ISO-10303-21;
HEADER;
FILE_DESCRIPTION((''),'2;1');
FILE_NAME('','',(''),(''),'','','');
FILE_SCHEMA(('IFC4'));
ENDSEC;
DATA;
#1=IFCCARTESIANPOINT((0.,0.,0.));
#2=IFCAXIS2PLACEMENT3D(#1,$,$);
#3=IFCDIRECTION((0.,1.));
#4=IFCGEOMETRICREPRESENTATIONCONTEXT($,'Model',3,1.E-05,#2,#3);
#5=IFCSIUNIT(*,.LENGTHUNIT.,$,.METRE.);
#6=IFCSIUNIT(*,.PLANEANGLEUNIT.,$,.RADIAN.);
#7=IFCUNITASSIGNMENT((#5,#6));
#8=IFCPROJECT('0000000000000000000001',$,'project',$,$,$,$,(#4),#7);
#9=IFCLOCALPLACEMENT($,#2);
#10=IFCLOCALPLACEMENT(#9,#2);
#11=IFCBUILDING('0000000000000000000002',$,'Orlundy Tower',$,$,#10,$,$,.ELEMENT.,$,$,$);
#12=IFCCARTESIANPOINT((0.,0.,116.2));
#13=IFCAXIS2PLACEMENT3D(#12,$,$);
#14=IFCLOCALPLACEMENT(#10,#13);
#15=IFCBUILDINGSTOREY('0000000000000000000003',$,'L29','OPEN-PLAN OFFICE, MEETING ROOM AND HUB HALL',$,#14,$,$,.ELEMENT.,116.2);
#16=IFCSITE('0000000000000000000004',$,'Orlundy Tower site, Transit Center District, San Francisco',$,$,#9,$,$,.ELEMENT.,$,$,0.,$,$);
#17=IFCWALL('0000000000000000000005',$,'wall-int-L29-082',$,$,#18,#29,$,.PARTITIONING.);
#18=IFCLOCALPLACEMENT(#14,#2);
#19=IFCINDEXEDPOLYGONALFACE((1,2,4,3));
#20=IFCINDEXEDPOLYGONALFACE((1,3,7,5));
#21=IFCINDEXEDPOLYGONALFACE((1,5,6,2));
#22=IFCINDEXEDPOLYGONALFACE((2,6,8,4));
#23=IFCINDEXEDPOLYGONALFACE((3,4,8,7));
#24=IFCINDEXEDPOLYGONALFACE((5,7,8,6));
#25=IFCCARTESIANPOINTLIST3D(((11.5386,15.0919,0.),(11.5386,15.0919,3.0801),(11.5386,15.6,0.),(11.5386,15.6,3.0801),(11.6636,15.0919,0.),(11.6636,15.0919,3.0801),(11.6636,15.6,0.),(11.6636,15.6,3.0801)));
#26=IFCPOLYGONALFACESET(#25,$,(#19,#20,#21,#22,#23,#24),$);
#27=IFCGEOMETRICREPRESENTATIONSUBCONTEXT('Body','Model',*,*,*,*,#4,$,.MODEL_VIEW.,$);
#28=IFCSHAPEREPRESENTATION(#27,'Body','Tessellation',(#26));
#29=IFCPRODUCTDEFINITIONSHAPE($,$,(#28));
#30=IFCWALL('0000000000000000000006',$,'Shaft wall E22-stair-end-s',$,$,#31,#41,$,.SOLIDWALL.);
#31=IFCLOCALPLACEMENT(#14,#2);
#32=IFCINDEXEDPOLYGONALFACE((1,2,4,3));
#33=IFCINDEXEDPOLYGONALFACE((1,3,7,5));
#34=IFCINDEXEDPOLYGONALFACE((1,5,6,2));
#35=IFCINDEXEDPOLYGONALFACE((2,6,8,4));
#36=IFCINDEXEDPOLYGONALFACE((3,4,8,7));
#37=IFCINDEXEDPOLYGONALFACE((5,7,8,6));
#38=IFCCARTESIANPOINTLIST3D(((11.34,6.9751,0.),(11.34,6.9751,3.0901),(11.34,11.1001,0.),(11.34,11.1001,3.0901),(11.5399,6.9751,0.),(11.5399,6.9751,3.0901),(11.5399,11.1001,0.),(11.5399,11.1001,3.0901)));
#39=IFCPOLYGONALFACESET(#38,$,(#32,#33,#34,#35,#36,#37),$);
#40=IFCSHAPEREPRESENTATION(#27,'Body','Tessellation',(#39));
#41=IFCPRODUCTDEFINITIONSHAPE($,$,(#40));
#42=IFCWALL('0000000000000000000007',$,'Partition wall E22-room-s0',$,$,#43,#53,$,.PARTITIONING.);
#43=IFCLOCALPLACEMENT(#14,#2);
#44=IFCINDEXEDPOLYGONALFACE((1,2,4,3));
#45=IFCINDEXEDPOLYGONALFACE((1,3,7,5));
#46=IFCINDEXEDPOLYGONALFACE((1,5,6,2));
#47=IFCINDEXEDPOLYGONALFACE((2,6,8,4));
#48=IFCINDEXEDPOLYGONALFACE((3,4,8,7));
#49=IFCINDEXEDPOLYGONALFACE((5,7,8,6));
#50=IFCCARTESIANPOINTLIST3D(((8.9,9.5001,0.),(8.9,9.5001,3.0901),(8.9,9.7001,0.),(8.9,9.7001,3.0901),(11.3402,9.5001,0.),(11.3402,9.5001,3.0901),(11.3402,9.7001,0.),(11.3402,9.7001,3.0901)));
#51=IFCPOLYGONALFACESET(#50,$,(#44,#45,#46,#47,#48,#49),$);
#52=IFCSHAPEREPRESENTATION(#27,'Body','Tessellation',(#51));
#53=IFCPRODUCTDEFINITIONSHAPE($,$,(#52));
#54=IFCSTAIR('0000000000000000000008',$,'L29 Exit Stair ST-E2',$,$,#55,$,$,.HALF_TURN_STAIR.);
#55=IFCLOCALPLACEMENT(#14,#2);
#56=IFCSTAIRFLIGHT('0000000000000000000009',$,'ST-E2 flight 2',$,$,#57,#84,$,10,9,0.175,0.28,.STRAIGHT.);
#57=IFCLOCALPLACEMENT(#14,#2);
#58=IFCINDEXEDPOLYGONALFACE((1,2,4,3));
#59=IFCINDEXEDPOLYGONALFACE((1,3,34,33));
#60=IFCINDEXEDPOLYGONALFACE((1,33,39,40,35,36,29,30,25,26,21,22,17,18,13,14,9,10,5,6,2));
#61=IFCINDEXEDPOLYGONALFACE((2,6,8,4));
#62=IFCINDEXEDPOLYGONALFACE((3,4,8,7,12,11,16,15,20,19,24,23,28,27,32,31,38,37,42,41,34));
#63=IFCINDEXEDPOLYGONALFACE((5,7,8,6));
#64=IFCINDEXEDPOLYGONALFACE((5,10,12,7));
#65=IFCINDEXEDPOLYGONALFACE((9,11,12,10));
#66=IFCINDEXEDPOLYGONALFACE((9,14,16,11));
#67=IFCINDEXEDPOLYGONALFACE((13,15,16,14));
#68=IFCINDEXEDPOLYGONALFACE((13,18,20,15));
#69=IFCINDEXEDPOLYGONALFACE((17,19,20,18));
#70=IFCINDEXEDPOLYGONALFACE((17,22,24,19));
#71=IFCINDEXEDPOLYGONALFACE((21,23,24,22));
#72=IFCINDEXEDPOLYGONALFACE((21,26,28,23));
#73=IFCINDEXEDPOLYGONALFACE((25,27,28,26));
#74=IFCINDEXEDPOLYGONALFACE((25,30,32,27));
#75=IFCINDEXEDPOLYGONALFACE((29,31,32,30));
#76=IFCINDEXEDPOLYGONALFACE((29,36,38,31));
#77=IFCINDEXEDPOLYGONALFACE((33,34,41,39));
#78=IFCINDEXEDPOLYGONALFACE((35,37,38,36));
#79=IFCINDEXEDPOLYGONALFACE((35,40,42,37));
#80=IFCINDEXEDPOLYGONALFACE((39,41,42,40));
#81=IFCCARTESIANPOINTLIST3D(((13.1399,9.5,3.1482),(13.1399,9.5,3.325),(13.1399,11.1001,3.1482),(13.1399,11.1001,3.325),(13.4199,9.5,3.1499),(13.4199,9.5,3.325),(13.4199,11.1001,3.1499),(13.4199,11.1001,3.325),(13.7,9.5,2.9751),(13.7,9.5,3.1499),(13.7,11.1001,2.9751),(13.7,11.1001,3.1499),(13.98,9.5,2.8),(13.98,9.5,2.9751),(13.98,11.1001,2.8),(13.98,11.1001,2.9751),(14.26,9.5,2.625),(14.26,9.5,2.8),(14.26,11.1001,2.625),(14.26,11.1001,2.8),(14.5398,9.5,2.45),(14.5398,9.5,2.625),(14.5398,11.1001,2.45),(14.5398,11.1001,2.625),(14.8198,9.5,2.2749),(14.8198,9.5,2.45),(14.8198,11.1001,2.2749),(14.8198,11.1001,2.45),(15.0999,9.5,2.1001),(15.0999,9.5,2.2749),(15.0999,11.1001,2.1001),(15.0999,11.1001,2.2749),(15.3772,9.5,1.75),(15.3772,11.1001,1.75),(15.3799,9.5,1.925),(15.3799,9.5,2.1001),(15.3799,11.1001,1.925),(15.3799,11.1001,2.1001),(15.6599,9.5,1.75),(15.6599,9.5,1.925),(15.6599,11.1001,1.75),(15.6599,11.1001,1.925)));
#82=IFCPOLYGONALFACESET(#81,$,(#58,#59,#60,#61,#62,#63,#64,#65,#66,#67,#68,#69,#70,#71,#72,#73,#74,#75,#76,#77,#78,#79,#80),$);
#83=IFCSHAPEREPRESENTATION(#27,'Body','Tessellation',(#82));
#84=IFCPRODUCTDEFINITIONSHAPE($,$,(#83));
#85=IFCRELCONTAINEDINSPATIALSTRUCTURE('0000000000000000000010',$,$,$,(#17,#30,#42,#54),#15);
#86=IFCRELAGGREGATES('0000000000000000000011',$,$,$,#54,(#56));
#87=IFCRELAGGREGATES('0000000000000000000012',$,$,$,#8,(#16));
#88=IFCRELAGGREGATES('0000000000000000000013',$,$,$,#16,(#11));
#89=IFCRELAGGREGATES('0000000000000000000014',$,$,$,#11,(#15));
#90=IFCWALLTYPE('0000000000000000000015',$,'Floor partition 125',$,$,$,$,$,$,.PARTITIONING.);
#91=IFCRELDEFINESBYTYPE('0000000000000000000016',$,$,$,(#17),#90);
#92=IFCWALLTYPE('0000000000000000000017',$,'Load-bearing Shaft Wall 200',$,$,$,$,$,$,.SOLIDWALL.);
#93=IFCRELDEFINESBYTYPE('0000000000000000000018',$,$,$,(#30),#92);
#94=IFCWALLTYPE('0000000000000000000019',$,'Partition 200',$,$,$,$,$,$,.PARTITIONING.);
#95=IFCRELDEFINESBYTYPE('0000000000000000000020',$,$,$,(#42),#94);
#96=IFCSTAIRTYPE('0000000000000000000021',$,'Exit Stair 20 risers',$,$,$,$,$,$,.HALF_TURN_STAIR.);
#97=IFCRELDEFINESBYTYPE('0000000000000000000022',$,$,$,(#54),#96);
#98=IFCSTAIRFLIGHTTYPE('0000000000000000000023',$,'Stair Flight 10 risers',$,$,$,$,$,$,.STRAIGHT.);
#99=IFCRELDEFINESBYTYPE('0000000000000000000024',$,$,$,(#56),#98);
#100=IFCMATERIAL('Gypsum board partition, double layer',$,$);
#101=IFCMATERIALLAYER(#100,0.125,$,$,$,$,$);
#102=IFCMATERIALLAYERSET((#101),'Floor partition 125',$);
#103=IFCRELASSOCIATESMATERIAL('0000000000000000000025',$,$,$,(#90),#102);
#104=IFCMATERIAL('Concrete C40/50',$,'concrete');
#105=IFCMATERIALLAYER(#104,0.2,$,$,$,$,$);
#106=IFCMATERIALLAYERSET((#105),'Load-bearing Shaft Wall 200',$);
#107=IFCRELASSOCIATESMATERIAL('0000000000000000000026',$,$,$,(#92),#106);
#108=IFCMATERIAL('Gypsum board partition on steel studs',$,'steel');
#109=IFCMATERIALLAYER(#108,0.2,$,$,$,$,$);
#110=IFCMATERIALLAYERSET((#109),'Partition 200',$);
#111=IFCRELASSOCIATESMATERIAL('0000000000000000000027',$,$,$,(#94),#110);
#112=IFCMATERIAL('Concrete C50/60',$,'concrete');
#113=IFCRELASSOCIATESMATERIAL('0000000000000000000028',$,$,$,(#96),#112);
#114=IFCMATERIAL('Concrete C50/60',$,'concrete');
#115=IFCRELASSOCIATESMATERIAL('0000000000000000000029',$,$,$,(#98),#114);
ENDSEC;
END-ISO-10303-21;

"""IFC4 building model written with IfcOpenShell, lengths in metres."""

from ifc_helpers import new_model, si_unit, direction, frame, frame_2d, origin, place, context, subcontext, project, spatial, polyline, rectangle, outline, extrude, material, layer, layer_set, type_object, element, aggregate, save


model = new_model("IFC4")

# Units and contexts
model_context = context("Model", 3, precision=1e-05, world=origin(), true_north=direction((0.0, 1.0)))
body_context = subcontext(model_context, "Body", "Model", "MODEL_VIEW")
ifc_project = project(units=[si_unit("LENGTHUNIT", "METRE"), si_unit("PLANEANGLEUNIT", "RADIAN")], contexts=[model_context])

# Site, building, storey
site_placement = place(None, origin())
site = spatial("IfcSite", under=ifc_project, at=site_placement, Name="Orlundy Tower site, Transit Center District, San Francisco", CompositionType="ELEMENT", RefElevation=0.0)
building_placement = place(site_placement, origin())
building = spatial("IfcBuilding", under=site, at=building_placement, Name="Orlundy Tower", CompositionType="ELEMENT")
storey_placement = place(building_placement, frame((0.0, 0.0, 116.2)))
storey = spatial("IfcBuildingStorey", under=building, at=storey_placement, Name="L29", Description="OPEN-PLAN OFFICE, MEETING ROOM AND HUB HALL", CompositionType="ELEMENT", Elevation=116.2)

# Shared definitions
ifc_material_1 = material(Name="Gypsum board partition, double layer")
ifc_layer_1 = layer(ifc_material_1, 0.125)
ifc_layer_set_1 = layer_set([ifc_layer_1], Name="Floor partition 125")
wall_type_1 = type_object("IfcWallType", Name="Floor partition 125", PredefinedType="PARTITIONING", material=ifc_layer_set_1)

# Walls
wall_1_placement = place(storey_placement, frame((11.6011, 15.092, 0.0), z_axis=(0.0, 0.0, 1.0), x_axis=(0.0, 1.0, 0.0)))
element("IfcWall", 1, at=wall_1_placement, inside=storey, type_object=wall_type_1, Name="wall-int-L29-082", PredefinedType="PARTITIONING", context=body_context, shape_type="SweptSolid", body=[
    extrude(rectangle(XDim=0.5081, YDim=0.125, at=frame_2d((0.2539, 0.0))), origin(), (0.0, 0.0, 1.0), 3.0801),
])
ifc_material_2 = material(Name="Concrete C40/50", Category="concrete")
ifc_layer_2 = layer(ifc_material_2, 0.2)
ifc_layer_set_2 = layer_set([ifc_layer_2], Name="Load-bearing Shaft Wall 200")
wall_type_2 = type_object("IfcWallType", Name="Load-bearing Shaft Wall 200", PredefinedType="SOLIDWALL", material=ifc_layer_set_2)
wall_2_placement = place(storey_placement, frame((11.4399, 11.1001, 0.0), z_axis=(0.0, 0.0, 1.0), x_axis=(0.0, -1.0, 0.0)))
element("IfcWall", 2, at=wall_2_placement, inside=storey, type_object=wall_type_2, Name="Shaft wall E22-stair-end-s", PredefinedType="SOLIDWALL", context=body_context, shape_type="SweptSolid", body=[
    extrude(rectangle(XDim=4.125, YDim=0.2, at=frame_2d((2.0625, 0.0))), origin(), (0.0, 0.0, 1.0), 3.0901),
])
ifc_material_3 = material(Name="Gypsum board partition on steel studs", Category="steel")
ifc_layer_3 = layer(ifc_material_3, 0.2)
ifc_layer_set_3 = layer_set([ifc_layer_3], Name="Partition 200")
wall_type_3 = type_object("IfcWallType", Name="Partition 200", PredefinedType="PARTITIONING", material=ifc_layer_set_3)
wall_3_placement = place(storey_placement, frame((8.8999, 9.6001, 0.0), z_axis=(0.0, 0.0, 1.0), x_axis=(1.0, 0.0, 0.0)))
element("IfcWall", 3, at=wall_3_placement, inside=storey, type_object=wall_type_3, Name="Partition wall E22-room-s0", PredefinedType="PARTITIONING", context=body_context, shape_type="SweptSolid", body=[
    extrude(rectangle(XDim=2.4402, YDim=0.2, at=frame_2d((1.2202, 0.0))), origin(), (0.0, 0.0, 1.0), 3.0901),
])

# Stair, stair flight
ifc_material_4 = material(Name="Concrete C50/60", Category="concrete")
stair_type = type_object("IfcStairType", Name="Exit Stair 20 risers", PredefinedType="HALF_TURN_STAIR", material=ifc_material_4)
stair_placement = place(storey_placement, origin())
stair = element("IfcStair", 4, at=stair_placement, inside=storey, type_object=stair_type, Name="L29 Exit Stair ST-E2", PredefinedType="HALF_TURN_STAIR")
ifc_material_5 = material(Name="Concrete C50/60", Category="concrete")
stair_flight_type = type_object("IfcStairFlightType", Name="Stair Flight 10 risers", PredefinedType="STRAIGHT", material=ifc_material_5)
stair_flight_placement = place(storey_placement, frame((15.6599, 10.3, 1.75), z_axis=(0.0, 0.0, 1.0), x_axis=(-1.0, 0.0, 0.0)))
stair_flight = element("IfcStairFlight", 5, at=stair_flight_placement, type_object=stair_flight_type, Name="ST-E2 flight 2", NumberOfRisers=10, NumberOfTreads=9, PredefinedType="STRAIGHT", RiserHeight=0.175, TreadLength=0.28, context=body_context, shape_type="SweptSolid", body=[
    extrude(outline(polyline([(0.0, 0.0), (0.0, 0.175), (0.28, 0.175), (0.28, 0.3501), (0.5601, 0.3501), (0.5601, 0.5249), (0.8401, 0.5249), (0.8401, 0.7), (1.1201, 0.7), (1.1201, 0.875), (1.3999, 0.875), (1.3999, 1.05), (1.6799, 1.05), (1.6799, 1.2251), (1.96, 1.2251), (1.96, 1.3999), (2.24, 1.3999), (2.24, 1.575), (2.52, 1.575), (2.52, 1.75), (2.52, 1.3982), (0.2827, 0.0), (0.0, 0.0)])), frame((0.0, 0.8, 0.0), z_axis=(0.0, -1.0, 0.0), x_axis=(1.0, 0.0, 0.0)), (0.0, 0.0, 1.0), 1.6001),
])
aggregate(stair, [stair_flight])

save(model, "model.ifc")
